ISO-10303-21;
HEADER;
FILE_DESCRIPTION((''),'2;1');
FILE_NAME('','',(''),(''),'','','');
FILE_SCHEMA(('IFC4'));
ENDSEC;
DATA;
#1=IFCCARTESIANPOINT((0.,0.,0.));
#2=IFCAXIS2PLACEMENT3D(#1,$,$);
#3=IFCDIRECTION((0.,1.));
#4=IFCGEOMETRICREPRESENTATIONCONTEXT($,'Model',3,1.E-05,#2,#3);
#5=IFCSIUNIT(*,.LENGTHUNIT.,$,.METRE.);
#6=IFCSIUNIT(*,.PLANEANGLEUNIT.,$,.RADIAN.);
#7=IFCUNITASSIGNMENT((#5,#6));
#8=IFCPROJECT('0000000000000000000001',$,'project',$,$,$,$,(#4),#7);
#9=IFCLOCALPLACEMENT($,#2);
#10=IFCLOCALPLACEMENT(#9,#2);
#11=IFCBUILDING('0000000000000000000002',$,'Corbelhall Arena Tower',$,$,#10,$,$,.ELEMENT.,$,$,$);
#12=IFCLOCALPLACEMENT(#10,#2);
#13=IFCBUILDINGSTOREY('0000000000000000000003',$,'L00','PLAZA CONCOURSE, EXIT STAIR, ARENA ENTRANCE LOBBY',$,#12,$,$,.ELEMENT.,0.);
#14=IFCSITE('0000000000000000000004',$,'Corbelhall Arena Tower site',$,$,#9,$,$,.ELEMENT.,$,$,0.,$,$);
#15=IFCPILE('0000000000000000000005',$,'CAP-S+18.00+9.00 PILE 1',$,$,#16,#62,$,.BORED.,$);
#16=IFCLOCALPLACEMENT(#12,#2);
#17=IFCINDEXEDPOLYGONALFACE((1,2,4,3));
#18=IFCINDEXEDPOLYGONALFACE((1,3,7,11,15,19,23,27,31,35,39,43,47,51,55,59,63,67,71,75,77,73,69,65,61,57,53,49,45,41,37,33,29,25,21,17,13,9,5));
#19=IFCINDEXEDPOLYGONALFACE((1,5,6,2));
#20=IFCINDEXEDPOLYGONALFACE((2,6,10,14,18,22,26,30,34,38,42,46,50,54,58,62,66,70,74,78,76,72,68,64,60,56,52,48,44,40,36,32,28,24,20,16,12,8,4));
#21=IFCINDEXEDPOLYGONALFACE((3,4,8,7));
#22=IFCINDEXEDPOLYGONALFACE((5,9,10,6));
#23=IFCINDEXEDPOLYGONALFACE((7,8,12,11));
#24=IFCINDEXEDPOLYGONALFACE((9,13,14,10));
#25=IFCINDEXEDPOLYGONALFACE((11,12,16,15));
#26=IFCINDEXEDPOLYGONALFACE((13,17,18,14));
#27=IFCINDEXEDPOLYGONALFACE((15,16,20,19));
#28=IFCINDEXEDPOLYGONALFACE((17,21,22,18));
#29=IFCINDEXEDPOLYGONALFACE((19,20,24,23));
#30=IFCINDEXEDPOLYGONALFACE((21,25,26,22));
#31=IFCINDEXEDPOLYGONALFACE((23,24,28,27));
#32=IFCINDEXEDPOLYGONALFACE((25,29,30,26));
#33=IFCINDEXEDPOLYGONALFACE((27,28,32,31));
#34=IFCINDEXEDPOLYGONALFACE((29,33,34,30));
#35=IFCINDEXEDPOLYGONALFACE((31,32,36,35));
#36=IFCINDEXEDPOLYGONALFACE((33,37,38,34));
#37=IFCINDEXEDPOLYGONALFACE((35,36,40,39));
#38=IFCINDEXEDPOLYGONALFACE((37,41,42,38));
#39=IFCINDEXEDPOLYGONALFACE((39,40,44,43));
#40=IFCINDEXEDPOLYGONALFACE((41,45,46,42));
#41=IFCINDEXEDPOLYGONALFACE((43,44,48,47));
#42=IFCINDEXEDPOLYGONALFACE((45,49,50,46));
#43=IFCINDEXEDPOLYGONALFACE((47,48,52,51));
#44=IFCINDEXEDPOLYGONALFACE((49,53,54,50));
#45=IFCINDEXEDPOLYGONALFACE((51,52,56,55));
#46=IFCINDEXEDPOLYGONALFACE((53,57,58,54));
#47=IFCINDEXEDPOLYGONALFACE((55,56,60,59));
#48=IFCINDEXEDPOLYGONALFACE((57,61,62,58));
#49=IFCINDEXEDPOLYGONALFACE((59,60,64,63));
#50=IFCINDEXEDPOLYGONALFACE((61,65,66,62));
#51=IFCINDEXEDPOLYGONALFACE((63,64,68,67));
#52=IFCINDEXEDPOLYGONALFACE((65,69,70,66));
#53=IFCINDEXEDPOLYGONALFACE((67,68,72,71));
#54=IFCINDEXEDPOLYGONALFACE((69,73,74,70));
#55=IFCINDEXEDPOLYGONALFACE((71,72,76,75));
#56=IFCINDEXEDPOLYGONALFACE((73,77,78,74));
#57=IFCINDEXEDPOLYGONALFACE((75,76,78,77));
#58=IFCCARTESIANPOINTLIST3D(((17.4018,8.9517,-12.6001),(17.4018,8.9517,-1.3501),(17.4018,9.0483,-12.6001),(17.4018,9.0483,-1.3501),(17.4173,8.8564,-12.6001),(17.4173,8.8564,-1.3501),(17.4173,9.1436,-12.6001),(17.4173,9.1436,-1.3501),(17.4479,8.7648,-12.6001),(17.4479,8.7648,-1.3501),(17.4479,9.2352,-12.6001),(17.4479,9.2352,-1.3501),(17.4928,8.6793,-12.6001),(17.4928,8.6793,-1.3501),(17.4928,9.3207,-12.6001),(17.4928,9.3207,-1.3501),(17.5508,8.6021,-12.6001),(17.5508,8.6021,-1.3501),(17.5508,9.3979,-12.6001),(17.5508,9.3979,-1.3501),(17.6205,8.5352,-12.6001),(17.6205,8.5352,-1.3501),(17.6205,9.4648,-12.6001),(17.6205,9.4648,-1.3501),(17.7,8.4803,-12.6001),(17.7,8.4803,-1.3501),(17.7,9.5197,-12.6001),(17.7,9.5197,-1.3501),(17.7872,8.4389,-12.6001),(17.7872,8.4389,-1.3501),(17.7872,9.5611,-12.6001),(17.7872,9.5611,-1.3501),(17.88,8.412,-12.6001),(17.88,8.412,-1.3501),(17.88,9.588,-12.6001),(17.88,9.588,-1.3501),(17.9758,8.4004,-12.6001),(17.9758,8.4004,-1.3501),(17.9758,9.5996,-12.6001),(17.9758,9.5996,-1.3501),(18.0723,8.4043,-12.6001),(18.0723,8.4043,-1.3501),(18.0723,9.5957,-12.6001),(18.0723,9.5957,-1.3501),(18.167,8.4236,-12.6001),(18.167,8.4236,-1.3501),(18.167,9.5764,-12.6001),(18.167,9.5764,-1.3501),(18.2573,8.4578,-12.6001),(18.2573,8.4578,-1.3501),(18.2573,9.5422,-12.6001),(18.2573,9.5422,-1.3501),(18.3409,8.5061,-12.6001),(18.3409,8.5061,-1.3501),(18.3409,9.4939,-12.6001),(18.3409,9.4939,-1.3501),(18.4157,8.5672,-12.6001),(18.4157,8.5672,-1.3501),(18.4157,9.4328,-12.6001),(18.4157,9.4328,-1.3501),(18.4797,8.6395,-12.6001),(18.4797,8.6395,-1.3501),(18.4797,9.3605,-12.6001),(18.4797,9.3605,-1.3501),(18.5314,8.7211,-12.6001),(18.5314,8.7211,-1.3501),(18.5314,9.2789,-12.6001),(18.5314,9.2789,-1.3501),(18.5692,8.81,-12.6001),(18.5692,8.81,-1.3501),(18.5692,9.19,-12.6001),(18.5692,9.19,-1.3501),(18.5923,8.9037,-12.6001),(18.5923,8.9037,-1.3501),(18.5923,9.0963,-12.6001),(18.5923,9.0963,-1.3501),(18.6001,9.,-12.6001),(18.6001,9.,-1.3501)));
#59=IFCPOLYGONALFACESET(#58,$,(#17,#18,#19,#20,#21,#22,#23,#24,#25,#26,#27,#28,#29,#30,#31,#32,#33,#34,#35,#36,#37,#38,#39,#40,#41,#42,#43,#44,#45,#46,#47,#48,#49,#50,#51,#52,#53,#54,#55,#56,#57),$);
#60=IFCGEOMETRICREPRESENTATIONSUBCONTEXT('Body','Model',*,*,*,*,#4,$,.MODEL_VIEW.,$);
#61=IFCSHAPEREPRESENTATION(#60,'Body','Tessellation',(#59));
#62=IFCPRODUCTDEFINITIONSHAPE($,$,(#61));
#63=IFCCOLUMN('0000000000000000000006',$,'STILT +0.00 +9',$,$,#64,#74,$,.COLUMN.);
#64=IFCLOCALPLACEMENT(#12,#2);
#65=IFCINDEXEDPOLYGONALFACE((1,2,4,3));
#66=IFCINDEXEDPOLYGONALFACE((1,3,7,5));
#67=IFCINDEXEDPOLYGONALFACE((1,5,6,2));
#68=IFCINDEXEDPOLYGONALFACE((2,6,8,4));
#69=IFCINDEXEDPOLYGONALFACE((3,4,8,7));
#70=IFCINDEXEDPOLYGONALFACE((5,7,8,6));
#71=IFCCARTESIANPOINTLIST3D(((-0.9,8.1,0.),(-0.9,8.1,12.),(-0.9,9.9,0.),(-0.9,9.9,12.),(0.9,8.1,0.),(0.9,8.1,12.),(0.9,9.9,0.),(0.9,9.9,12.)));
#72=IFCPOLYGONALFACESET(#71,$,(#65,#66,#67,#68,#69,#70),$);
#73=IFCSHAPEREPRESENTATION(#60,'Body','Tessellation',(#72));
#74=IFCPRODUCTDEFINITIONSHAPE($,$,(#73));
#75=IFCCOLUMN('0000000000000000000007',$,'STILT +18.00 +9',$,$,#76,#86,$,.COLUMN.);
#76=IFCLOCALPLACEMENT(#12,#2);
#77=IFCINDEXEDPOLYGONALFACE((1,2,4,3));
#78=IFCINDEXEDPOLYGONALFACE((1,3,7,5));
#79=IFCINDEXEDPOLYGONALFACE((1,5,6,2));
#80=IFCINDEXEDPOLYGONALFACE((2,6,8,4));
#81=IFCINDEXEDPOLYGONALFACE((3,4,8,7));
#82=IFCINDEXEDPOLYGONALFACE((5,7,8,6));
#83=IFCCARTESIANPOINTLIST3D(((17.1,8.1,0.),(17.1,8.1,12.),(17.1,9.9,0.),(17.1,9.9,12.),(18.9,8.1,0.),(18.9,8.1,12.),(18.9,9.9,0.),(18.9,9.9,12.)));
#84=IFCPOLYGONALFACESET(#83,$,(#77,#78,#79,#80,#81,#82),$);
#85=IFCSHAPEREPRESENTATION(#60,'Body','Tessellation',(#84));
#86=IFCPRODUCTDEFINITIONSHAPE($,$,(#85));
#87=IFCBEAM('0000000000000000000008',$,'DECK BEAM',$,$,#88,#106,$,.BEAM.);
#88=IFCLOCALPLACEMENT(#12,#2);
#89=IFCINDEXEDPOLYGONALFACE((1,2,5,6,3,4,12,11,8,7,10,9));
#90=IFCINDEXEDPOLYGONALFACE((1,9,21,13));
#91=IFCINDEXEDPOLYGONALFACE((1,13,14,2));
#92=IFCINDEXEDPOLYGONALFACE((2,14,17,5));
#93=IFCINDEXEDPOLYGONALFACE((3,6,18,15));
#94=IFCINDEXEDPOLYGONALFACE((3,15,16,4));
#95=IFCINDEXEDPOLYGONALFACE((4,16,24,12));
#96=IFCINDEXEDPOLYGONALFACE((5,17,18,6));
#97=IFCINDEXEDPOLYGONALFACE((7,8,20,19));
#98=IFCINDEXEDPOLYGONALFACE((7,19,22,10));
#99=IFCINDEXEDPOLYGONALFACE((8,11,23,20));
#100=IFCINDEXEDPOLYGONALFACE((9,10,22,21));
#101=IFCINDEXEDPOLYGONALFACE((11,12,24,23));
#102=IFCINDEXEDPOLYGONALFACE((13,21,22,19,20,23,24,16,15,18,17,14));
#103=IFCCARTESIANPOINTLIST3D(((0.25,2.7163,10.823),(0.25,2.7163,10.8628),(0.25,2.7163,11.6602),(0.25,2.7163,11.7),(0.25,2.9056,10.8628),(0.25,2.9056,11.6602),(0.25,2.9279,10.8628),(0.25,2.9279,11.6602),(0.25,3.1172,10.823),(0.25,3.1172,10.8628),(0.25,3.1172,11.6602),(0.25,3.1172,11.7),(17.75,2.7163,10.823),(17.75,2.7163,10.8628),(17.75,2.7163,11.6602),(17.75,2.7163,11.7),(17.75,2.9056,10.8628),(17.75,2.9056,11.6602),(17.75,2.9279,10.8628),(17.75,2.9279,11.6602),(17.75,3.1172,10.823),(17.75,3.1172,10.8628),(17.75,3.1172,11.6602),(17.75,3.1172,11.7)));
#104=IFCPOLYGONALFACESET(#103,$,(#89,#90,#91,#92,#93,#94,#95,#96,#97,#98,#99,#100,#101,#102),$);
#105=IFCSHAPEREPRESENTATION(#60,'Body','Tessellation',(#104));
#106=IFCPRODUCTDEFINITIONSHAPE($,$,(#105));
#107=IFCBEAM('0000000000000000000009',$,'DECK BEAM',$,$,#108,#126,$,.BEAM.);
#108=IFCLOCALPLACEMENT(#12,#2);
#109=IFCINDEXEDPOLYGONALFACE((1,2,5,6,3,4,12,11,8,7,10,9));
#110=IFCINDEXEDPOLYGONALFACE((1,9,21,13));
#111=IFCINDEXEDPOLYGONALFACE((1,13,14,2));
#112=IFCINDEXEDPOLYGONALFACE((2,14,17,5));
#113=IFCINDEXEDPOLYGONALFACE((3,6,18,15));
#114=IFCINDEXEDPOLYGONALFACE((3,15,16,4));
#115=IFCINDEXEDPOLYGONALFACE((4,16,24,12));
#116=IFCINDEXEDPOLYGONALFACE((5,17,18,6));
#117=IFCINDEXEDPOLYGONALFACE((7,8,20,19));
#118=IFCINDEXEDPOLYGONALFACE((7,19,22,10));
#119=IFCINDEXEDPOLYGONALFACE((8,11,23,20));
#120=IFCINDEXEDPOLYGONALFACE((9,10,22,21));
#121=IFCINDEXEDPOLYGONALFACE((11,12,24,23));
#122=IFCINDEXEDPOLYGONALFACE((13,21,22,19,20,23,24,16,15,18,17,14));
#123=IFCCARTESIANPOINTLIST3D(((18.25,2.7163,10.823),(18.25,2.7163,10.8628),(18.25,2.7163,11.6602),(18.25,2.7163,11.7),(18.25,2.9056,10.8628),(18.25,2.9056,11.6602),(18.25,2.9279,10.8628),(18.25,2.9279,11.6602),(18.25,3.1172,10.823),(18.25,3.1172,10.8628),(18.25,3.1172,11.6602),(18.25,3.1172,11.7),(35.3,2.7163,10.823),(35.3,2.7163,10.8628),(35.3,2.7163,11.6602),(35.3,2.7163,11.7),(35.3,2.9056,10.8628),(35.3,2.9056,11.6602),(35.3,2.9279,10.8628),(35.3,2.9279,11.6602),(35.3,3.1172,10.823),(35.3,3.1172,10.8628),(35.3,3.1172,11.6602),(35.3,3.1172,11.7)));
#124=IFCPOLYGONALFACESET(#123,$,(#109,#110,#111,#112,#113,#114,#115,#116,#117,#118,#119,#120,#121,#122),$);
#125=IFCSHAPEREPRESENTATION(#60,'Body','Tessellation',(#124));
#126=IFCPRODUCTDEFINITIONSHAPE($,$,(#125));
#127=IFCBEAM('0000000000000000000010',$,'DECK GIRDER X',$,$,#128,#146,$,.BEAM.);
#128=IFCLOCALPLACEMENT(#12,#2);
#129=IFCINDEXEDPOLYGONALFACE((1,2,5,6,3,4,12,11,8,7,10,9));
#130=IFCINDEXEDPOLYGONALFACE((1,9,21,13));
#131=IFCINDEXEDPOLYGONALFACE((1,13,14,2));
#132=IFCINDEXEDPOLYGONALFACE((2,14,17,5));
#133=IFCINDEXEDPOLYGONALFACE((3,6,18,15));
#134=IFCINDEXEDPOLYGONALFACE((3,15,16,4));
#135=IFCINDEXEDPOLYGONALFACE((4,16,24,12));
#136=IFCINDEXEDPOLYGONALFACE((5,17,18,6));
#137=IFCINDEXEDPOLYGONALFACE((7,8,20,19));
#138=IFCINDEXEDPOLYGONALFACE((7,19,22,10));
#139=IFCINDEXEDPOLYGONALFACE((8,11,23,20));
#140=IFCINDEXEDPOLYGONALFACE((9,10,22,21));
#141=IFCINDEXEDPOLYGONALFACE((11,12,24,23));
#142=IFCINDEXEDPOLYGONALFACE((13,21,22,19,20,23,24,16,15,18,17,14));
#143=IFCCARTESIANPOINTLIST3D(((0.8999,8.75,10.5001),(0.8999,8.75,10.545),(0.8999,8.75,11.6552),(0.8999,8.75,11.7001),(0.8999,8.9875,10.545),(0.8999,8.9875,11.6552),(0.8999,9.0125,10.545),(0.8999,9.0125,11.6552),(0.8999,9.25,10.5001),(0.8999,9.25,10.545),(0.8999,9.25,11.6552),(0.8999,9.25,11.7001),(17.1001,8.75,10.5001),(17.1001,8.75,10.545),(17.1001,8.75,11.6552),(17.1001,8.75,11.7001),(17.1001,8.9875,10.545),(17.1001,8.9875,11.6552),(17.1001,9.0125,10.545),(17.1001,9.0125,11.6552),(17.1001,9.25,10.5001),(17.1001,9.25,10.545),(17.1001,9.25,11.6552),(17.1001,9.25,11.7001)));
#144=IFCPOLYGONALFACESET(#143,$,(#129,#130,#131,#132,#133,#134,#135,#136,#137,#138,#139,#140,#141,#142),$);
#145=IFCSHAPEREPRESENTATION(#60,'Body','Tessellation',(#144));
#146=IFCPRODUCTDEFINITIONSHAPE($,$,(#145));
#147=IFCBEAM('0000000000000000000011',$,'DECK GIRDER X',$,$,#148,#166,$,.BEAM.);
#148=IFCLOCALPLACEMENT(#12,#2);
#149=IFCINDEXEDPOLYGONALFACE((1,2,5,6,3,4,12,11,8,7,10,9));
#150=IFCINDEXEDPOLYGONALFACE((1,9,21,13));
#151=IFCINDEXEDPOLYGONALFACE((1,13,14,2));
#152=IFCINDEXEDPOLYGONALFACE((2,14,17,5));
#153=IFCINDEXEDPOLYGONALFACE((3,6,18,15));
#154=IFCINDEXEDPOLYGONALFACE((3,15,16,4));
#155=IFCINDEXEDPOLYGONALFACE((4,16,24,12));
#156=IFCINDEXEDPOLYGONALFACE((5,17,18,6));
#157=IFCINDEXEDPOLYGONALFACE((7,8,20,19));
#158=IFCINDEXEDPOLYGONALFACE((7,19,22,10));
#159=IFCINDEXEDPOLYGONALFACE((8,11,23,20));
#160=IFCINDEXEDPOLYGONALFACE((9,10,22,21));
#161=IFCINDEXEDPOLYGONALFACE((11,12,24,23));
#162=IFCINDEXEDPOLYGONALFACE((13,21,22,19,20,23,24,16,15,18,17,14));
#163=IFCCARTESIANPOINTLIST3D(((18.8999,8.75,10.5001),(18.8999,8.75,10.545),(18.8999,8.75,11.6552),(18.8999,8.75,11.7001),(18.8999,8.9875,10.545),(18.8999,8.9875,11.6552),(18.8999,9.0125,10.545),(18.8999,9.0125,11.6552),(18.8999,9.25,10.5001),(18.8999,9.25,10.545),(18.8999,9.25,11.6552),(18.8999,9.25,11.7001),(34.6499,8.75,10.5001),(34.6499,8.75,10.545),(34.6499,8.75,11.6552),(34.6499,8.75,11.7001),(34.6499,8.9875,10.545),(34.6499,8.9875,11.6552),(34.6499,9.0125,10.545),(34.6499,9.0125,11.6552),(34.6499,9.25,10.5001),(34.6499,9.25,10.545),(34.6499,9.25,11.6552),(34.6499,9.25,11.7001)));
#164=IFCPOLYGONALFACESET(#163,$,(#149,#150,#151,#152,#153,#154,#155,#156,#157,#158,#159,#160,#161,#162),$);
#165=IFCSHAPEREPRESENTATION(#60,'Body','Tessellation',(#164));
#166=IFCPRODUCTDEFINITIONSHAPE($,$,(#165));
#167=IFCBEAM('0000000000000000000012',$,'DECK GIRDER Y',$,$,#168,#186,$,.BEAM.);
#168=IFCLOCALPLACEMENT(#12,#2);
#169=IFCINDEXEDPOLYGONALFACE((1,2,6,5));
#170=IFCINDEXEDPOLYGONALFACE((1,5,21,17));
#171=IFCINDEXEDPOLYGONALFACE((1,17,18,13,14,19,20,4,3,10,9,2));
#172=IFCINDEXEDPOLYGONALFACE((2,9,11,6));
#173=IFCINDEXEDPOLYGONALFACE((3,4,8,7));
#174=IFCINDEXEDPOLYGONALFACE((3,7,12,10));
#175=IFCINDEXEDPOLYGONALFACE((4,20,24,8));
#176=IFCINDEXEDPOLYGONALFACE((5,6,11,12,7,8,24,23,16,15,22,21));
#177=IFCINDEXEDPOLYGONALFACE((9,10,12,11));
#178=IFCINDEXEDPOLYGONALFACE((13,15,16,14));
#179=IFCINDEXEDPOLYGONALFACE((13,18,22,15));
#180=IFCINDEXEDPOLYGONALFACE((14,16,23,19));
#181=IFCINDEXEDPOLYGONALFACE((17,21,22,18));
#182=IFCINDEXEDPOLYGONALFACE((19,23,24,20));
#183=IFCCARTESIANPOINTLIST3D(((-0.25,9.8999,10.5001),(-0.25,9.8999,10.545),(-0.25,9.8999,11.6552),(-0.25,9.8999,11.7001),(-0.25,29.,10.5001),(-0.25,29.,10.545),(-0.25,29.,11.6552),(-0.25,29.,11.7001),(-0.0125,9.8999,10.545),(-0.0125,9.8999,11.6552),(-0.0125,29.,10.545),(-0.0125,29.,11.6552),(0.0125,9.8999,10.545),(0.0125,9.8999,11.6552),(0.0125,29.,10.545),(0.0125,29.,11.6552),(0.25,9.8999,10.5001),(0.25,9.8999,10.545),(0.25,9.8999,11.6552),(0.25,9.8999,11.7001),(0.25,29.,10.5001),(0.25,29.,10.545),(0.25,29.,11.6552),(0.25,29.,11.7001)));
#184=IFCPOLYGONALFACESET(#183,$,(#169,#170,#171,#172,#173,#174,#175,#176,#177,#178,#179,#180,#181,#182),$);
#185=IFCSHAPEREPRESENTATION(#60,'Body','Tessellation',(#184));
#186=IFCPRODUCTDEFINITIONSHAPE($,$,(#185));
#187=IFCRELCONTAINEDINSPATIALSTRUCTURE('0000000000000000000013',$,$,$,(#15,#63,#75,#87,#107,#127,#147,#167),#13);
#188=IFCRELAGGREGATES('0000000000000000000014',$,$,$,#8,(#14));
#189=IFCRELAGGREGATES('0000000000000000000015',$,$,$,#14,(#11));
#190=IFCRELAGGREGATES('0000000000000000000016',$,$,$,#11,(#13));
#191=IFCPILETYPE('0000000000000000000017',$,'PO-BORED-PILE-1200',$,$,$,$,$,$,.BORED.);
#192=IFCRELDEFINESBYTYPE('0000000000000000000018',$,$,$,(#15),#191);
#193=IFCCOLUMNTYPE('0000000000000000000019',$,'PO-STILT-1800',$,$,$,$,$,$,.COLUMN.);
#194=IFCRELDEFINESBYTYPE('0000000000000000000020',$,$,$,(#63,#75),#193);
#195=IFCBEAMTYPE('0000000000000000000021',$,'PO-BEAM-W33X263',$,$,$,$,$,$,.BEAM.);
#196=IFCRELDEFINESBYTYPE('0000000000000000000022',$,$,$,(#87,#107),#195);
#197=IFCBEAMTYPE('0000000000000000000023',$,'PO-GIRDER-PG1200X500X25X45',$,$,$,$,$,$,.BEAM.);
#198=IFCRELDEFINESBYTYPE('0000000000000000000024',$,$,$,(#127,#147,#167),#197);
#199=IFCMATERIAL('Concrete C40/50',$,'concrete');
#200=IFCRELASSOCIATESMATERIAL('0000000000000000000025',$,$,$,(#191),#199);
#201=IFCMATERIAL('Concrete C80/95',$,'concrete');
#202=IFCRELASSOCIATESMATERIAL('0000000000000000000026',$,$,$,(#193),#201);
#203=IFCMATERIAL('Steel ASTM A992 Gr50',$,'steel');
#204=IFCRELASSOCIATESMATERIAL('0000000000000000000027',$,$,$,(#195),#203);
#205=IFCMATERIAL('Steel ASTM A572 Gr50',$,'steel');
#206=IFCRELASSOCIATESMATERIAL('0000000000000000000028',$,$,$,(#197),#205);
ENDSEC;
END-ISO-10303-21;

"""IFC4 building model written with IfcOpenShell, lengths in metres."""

from ifc_helpers import new_model, si_unit, direction, frame, origin, origin_2d, place, context, subcontext, project, spatial, rectangle, circle, i_section, extrude, material, material_profile, profile_set, type_object, element, save


model = new_model("IFC4")

# Units and contexts
model_context = context("Model", 3, precision=1e-05, world=origin(), true_north=direction((0.0, 1.0)))
body_context = subcontext(model_context, "Body", "Model", "MODEL_VIEW")
ifc_project = project(units=[si_unit("LENGTHUNIT", "METRE"), si_unit("PLANEANGLEUNIT", "RADIAN")], contexts=[model_context])

# Site, building, storey
site_placement = place(None, origin())
site = spatial("IfcSite", under=ifc_project, at=site_placement, Name="Corbelhall Arena Tower site", CompositionType="ELEMENT", RefElevation=0.0)
building_placement = place(site_placement, origin())
building = spatial("IfcBuilding", under=site, at=building_placement, Name="Corbelhall Arena Tower", CompositionType="ELEMENT")
storey_placement = place(building_placement, origin())
storey = spatial("IfcBuildingStorey", under=building, at=storey_placement, Name="L00", Description="PLAZA CONCOURSE, EXIT STAIR, ARENA ENTRANCE LOBBY", CompositionType="ELEMENT", Elevation=0.0)

# Pile
ifc_material_1 = material(Name="Concrete C40/50", Category="concrete")
ifc_material_profile_1 = material_profile(ifc_material_1, circle(Radius=0.6001, at=origin_2d()))
ifc_profile_set_1 = profile_set([ifc_material_profile_1], Name="Concrete C40/50")
pile_type = type_object("IfcPileType", Name="PO-BORED-PILE-1200", PredefinedType="BORED", material=ifc_profile_set_1)
pile_placement = place(storey_placement, frame((18.0, 9.0, -1.3501), z_axis=(0.0, 0.0, -1.0), x_axis=(1.0, 0.0, 0.0)))
element("IfcPile", 1, at=pile_placement, inside=storey, type_object=pile_type, Name="CAP-S+18.00+9.00 PILE 1", PredefinedType="BORED", context=body_context, shape_type="SweptSolid", body=[
    extrude(circle(Radius=0.6001, at=origin_2d()), origin(), (0.0, 0.0, 1.0), 11.25),
])

# Columns
ifc_material_2 = material(Name="Concrete C80/95", Category="concrete")
ifc_material_profile_2 = material_profile(ifc_material_2, rectangle(XDim=1.8, YDim=1.8, at=origin_2d()))
ifc_profile_set_2 = profile_set([ifc_material_profile_2], Name="Concrete C80/95")
column_type = type_object("IfcColumnType", Name="PO-STILT-1800", PredefinedType="COLUMN", material=ifc_profile_set_2)
for number, where, z_axis, x_axis, name in (
    (2, (0.0, 9.0, 0.0), (0.0, 0.0, 1.0), (1.0, 0.0, 0.0), "STILT +0.00 +9"),
    (3, (18.0, 9.0, 0.0), (0.0, 0.0, 1.0), (1.0, 0.0, 0.0), "STILT +18.00 +9"),
):
    element("IfcColumn", number, at=place(storey_placement, frame(where, z_axis=z_axis, x_axis=x_axis)), inside=storey, type_object=column_type, Name=name, PredefinedType="COLUMN", context=body_context, shape_type="SweptSolid", body=[
        extrude(rectangle(XDim=1.8, YDim=1.8, at=origin_2d()), origin(), (0.0, 0.0, 1.0), 12.0),
    ])

# Beams
ifc_material_3 = material(Name="Steel ASTM A992 Gr50", Category="steel")
ifc_material_profile_3 = material_profile(ifc_material_3, i_section(OverallWidth=0.4009, OverallDepth=0.877, WebThickness=0.0222, FlangeThickness=0.0398, at=origin_2d()))
ifc_profile_set_3 = profile_set([ifc_material_profile_3], Name="Steel ASTM A992 Gr50")
beam_type_1 = type_object("IfcBeamType", Name="PO-BEAM-W33X263", PredefinedType="BEAM", material=ifc_profile_set_3)
beam_1_placement = place(storey_placement, frame((0.25, 2.9167, 11.2615), z_axis=(1.0, 0.0, 0.0), x_axis=(0.0, 1.0, 0.0)))
element("IfcBeam", 4, at=beam_1_placement, inside=storey, type_object=beam_type_1, Name="DECK BEAM", PredefinedType="BEAM", context=body_context, shape_type="SweptSolid", body=[
    extrude(i_section(OverallWidth=0.4009, OverallDepth=0.877, WebThickness=0.0222, FlangeThickness=0.0398, at=origin_2d()), origin(), (0.0, 0.0, 1.0), 17.5),
])
beam_2_placement = place(storey_placement, frame((18.25, 2.9167, 11.2615), z_axis=(1.0, 0.0, 0.0), x_axis=(0.0, 1.0, 0.0)))
element("IfcBeam", 5, at=beam_2_placement, inside=storey, type_object=beam_type_1, Name="DECK BEAM", PredefinedType="BEAM", context=body_context, shape_type="SweptSolid", body=[
    extrude(i_section(OverallWidth=0.4009, OverallDepth=0.877, WebThickness=0.0222, FlangeThickness=0.0398, at=origin_2d()), origin(), (0.0, 0.0, 1.0), 17.05),
])
ifc_material_4 = material(Name="Steel ASTM A572 Gr50", Category="steel")
ifc_material_profile_4 = material_profile(ifc_material_4, i_section(OverallWidth=0.5, OverallDepth=1.2, WebThickness=0.0249, FlangeThickness=0.0449, at=origin_2d()))
ifc_profile_set_4 = profile_set([ifc_material_profile_4], Name="Steel ASTM A572 Gr50")
beam_type_2 = type_object("IfcBeamType", Name="PO-GIRDER-PG1200X500X25X45", PredefinedType="BEAM", material=ifc_profile_set_4)
beam_3_placement = place(storey_placement, frame((0.8999, 9.0, 11.1001), z_axis=(1.0, 0.0, 0.0), x_axis=(0.0, 1.0, 0.0)))
element("IfcBeam", 6, at=beam_3_placement, inside=storey, type_object=beam_type_2, Name="DECK GIRDER X", PredefinedType="BEAM", context=body_context, shape_type="SweptSolid", body=[
    extrude(i_section(OverallWidth=0.5, OverallDepth=1.2, WebThickness=0.0249, FlangeThickness=0.0449, at=origin_2d()), origin(), (0.0, 0.0, 1.0), 16.2002),
])
beam_4_placement = place(storey_placement, frame((18.8999, 9.0, 11.1001), z_axis=(1.0, 0.0, 0.0), x_axis=(0.0, 1.0, 0.0)))
element("IfcBeam", 7, at=beam_4_placement, inside=storey, type_object=beam_type_2, Name="DECK GIRDER X", PredefinedType="BEAM", context=body_context, shape_type="SweptSolid", body=[
    extrude(i_section(OverallWidth=0.5, OverallDepth=1.2, WebThickness=0.0249, FlangeThickness=0.0449, at=origin_2d()), origin(), (0.0, 0.0, 1.0), 15.75),
])
for number, where, z_axis, x_axis, name in (
    (8, (0.0, 9.8999, 11.1001), (0.0, 1.0, 0.0), (-1.0, 0.0, 0.0), "DECK GIRDER Y"),
):
    element("IfcBeam", number, at=place(storey_placement, frame(where, z_axis=z_axis, x_axis=x_axis)), inside=storey, type_object=beam_type_2, Name=name, PredefinedType="BEAM", context=body_context, shape_type="SweptSolid", body=[
        extrude(i_section(OverallWidth=0.5, OverallDepth=1.2, WebThickness=0.0249, FlangeThickness=0.0449, at=origin_2d()), origin(), (0.0, 0.0, 1.0), 19.1001),
    ])

save(model, "model.ifc")
